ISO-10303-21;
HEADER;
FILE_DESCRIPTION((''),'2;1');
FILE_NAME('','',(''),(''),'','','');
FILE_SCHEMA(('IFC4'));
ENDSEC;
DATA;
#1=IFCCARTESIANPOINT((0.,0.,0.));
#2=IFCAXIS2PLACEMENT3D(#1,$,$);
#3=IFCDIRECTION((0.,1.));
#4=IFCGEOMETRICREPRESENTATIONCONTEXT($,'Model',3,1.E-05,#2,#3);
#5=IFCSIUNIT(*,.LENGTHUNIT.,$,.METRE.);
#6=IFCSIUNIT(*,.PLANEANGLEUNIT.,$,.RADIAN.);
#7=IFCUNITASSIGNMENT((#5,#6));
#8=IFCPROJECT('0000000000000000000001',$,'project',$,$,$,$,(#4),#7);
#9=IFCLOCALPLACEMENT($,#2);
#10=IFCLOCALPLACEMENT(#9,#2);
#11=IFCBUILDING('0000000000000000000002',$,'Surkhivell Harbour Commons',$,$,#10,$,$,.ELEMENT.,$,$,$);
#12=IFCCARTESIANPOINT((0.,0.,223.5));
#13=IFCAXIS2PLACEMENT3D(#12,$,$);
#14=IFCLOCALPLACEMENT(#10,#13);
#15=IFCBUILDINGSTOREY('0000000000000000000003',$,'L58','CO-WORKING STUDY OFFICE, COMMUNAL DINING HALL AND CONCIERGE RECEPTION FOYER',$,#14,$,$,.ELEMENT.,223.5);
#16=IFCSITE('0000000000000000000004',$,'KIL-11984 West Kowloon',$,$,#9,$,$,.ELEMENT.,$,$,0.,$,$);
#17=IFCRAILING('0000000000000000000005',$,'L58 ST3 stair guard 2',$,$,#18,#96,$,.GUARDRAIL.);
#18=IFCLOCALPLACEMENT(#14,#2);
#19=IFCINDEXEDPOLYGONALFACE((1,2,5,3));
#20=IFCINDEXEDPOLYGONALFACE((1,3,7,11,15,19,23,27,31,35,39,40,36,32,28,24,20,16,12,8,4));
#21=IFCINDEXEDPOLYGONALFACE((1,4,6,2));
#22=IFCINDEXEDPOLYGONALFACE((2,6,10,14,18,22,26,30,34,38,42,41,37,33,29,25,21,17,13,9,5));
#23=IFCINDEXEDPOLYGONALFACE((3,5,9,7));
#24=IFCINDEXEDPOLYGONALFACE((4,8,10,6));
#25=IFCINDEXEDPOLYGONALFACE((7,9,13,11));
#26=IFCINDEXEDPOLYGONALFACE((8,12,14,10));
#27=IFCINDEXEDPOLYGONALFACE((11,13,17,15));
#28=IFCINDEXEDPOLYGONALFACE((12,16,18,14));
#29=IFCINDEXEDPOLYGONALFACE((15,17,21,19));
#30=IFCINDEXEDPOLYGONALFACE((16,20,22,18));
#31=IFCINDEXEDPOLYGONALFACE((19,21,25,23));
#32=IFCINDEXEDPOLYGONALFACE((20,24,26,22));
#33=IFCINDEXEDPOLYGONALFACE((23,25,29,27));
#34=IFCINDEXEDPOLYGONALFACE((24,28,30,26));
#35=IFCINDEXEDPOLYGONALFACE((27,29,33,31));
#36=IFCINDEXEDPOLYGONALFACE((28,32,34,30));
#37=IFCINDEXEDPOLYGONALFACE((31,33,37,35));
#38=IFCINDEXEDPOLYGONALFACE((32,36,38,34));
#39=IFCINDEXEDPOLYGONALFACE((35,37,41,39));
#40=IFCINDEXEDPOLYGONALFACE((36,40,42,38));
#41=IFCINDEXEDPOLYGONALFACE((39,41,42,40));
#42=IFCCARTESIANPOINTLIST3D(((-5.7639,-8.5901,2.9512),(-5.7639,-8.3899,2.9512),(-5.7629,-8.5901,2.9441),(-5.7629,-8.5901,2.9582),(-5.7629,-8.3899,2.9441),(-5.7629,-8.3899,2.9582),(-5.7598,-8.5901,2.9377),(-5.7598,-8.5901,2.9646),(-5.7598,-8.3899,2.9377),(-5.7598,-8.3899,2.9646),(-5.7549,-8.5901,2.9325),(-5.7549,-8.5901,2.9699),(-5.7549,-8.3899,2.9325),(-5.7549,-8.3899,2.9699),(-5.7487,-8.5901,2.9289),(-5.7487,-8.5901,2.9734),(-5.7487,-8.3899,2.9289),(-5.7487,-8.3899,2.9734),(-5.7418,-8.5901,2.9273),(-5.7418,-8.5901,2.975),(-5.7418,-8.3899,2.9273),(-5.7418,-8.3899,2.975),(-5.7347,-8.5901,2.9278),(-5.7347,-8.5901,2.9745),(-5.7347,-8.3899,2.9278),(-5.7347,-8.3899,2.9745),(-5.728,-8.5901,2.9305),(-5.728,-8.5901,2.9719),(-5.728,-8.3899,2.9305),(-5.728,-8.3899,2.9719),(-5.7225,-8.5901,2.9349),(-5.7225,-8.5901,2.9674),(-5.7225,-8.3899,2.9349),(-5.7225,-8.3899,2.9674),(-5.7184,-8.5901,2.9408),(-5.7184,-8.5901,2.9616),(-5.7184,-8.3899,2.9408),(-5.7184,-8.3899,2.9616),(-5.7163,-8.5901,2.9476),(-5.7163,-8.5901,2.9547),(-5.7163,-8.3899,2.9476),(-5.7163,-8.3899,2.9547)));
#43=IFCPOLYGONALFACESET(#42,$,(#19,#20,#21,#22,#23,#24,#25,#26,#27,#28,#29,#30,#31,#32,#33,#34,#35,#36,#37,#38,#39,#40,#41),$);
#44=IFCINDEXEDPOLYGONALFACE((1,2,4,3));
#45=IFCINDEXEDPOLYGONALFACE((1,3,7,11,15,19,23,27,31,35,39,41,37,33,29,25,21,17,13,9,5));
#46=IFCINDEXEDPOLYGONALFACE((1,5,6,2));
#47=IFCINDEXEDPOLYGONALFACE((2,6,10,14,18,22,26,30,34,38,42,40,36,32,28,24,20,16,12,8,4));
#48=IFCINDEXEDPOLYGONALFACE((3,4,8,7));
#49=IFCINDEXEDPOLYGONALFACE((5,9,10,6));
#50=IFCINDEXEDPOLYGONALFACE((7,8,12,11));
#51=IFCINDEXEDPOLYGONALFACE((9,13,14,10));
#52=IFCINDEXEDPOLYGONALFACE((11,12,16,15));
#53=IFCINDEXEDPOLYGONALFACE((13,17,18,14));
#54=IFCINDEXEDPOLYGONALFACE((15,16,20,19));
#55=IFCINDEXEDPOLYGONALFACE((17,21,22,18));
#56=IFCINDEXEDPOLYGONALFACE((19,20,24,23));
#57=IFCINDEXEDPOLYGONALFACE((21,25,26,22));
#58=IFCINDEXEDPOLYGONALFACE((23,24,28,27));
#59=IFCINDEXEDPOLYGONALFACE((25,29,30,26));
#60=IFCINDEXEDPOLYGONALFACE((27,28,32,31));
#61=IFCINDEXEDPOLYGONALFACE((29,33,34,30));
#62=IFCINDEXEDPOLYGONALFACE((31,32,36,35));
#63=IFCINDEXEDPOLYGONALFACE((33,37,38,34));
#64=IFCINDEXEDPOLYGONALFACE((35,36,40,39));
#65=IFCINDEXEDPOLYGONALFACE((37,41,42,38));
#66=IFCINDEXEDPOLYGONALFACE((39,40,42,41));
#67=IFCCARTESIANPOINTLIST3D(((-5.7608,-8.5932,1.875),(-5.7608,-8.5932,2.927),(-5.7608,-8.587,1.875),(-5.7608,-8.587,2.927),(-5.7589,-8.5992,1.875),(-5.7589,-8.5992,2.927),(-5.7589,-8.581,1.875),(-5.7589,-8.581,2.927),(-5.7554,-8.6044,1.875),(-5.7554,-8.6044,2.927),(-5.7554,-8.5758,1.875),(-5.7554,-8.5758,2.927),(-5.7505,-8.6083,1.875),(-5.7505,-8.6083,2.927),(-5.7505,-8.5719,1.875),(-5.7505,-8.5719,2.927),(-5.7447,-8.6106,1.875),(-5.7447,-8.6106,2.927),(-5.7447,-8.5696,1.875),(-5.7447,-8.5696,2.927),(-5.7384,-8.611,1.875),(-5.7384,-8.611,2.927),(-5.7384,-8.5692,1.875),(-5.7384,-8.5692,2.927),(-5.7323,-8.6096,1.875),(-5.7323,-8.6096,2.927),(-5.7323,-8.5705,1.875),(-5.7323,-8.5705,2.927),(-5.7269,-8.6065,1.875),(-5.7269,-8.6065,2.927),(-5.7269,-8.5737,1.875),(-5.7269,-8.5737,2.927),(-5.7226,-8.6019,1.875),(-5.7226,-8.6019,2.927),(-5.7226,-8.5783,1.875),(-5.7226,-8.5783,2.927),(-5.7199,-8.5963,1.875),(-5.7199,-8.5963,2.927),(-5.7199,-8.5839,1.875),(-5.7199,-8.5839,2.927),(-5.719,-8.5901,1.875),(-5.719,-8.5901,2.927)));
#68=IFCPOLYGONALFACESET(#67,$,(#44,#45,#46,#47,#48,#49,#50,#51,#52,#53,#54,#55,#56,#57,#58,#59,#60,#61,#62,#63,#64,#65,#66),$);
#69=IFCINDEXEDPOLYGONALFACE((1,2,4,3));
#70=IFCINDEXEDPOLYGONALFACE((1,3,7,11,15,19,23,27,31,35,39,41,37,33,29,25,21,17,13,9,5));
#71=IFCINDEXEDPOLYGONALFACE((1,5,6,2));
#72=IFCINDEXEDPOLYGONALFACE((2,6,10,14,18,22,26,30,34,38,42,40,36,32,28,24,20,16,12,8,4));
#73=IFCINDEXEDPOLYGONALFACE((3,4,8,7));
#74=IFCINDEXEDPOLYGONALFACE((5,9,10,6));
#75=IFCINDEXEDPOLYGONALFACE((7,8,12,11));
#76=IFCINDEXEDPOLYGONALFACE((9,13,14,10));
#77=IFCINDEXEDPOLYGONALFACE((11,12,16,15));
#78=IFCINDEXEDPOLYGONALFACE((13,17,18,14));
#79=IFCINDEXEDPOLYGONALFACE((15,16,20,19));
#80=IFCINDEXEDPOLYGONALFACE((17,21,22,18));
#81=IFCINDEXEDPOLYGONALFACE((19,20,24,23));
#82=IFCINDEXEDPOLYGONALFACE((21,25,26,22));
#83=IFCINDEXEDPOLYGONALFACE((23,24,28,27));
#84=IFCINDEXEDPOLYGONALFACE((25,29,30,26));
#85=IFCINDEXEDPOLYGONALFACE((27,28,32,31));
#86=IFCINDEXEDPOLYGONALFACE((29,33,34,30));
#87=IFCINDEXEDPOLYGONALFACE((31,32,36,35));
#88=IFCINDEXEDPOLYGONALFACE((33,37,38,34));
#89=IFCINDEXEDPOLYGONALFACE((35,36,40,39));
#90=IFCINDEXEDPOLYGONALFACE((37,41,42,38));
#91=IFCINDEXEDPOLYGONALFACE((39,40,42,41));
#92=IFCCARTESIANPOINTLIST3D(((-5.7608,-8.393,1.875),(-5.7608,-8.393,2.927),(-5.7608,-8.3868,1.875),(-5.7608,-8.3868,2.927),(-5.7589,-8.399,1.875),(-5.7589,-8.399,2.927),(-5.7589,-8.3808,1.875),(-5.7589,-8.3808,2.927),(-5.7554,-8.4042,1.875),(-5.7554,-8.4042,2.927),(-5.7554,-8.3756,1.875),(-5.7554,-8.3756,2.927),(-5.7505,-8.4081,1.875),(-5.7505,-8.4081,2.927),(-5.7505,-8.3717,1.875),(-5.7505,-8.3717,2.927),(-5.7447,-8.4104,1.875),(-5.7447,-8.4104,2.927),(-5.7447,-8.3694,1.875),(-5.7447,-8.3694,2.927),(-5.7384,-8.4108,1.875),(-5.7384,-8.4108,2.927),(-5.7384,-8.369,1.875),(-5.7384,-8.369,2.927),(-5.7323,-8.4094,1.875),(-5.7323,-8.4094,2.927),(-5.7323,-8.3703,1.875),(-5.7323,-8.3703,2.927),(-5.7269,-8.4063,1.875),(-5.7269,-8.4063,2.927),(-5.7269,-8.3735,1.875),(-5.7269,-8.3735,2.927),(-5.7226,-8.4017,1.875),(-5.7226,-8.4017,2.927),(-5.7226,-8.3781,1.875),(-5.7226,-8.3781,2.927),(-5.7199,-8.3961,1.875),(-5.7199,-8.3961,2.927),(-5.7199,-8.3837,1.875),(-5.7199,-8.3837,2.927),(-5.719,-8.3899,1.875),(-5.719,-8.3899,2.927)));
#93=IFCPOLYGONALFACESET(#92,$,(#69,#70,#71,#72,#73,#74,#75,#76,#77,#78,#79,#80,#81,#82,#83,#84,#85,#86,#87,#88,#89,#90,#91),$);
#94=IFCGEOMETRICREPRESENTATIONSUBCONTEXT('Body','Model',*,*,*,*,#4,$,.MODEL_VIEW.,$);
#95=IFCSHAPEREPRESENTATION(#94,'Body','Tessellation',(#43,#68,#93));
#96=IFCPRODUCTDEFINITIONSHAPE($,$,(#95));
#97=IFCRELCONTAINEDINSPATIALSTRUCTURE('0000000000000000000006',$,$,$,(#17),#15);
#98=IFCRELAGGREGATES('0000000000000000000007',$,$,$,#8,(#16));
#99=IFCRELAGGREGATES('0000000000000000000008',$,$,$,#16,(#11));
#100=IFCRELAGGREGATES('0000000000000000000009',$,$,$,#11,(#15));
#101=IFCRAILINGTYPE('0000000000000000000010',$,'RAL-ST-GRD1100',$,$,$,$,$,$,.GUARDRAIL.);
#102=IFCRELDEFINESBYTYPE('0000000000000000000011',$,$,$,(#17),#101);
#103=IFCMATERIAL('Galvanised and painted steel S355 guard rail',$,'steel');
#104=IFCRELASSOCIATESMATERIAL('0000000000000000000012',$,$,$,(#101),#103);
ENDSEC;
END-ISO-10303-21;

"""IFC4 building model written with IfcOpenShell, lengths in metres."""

from ifc_helpers import new_model, si_unit, direction, frame, origin, origin_2d, place, context, subcontext, project, spatial, circle, extrude, material, type_object, element, save


model = new_model("IFC4")

# Units and contexts
model_context = context("Model", 3, precision=1e-05, world=origin(), true_north=direction((0.0, 1.0)))
body_context = subcontext(model_context, "Body", "Model", "MODEL_VIEW")
ifc_project = project(units=[si_unit("LENGTHUNIT", "METRE"), si_unit("PLANEANGLEUNIT", "RADIAN")], contexts=[model_context])

# Site, building, storey
site_placement = place(None, origin())
site = spatial("IfcSite", under=ifc_project, at=site_placement, Name="KIL-11984 West Kowloon", CompositionType="ELEMENT", RefElevation=0.0)
building_placement = place(site_placement, origin())
building = spatial("IfcBuilding", under=site, at=building_placement, Name="Surkhivell Harbour Commons", CompositionType="ELEMENT")
storey_placement = place(building_placement, frame((0.0, 0.0, 223.5)))
storey = spatial("IfcBuildingStorey", under=building, at=storey_placement, Name="L58", Description="CO-WORKING STUDY OFFICE, COMMUNAL DINING HALL AND CONCIERGE RECEPTION FOYER", CompositionType="ELEMENT", Elevation=223.5)

# Railing
ifc_material_1 = material(Name="Galvanised and painted steel S355 guard rail", Category="steel")
railing_type_1 = type_object("IfcRailingType", Name="RAL-ST-GRD1100", PredefinedType="GUARDRAIL", material=ifc_material_1)
railing_1_placement = place(storey_placement, frame((-5.74, -8.5901, 1.875)))
element("IfcRailing", 1, at=railing_1_placement, inside=storey, type_object=railing_type_1, Name="L58 ST3 stair guard 2", PredefinedType="GUARDRAIL", context=body_context, shape_type="SweptSolid", body=[
    extrude(circle(Radius=0.0239, at=origin_2d()), frame((0.0, 0.0, 1.0762), z_axis=(0.0, 1.0, 0.0), x_axis=(-1.0, 0.0, 0.0)), (0.0, 0.0, 1.0), 0.2002),
    extrude(circle(Radius=0.021, at=origin_2d()), origin(), (0.0, 0.0, 1.0), 1.052),
    extrude(circle(Radius=0.021, at=origin_2d()), frame((0.0, 0.2002, 0.0)), (0.0, 0.0, 1.0), 1.052),
])

save(model, "model.ifc")
